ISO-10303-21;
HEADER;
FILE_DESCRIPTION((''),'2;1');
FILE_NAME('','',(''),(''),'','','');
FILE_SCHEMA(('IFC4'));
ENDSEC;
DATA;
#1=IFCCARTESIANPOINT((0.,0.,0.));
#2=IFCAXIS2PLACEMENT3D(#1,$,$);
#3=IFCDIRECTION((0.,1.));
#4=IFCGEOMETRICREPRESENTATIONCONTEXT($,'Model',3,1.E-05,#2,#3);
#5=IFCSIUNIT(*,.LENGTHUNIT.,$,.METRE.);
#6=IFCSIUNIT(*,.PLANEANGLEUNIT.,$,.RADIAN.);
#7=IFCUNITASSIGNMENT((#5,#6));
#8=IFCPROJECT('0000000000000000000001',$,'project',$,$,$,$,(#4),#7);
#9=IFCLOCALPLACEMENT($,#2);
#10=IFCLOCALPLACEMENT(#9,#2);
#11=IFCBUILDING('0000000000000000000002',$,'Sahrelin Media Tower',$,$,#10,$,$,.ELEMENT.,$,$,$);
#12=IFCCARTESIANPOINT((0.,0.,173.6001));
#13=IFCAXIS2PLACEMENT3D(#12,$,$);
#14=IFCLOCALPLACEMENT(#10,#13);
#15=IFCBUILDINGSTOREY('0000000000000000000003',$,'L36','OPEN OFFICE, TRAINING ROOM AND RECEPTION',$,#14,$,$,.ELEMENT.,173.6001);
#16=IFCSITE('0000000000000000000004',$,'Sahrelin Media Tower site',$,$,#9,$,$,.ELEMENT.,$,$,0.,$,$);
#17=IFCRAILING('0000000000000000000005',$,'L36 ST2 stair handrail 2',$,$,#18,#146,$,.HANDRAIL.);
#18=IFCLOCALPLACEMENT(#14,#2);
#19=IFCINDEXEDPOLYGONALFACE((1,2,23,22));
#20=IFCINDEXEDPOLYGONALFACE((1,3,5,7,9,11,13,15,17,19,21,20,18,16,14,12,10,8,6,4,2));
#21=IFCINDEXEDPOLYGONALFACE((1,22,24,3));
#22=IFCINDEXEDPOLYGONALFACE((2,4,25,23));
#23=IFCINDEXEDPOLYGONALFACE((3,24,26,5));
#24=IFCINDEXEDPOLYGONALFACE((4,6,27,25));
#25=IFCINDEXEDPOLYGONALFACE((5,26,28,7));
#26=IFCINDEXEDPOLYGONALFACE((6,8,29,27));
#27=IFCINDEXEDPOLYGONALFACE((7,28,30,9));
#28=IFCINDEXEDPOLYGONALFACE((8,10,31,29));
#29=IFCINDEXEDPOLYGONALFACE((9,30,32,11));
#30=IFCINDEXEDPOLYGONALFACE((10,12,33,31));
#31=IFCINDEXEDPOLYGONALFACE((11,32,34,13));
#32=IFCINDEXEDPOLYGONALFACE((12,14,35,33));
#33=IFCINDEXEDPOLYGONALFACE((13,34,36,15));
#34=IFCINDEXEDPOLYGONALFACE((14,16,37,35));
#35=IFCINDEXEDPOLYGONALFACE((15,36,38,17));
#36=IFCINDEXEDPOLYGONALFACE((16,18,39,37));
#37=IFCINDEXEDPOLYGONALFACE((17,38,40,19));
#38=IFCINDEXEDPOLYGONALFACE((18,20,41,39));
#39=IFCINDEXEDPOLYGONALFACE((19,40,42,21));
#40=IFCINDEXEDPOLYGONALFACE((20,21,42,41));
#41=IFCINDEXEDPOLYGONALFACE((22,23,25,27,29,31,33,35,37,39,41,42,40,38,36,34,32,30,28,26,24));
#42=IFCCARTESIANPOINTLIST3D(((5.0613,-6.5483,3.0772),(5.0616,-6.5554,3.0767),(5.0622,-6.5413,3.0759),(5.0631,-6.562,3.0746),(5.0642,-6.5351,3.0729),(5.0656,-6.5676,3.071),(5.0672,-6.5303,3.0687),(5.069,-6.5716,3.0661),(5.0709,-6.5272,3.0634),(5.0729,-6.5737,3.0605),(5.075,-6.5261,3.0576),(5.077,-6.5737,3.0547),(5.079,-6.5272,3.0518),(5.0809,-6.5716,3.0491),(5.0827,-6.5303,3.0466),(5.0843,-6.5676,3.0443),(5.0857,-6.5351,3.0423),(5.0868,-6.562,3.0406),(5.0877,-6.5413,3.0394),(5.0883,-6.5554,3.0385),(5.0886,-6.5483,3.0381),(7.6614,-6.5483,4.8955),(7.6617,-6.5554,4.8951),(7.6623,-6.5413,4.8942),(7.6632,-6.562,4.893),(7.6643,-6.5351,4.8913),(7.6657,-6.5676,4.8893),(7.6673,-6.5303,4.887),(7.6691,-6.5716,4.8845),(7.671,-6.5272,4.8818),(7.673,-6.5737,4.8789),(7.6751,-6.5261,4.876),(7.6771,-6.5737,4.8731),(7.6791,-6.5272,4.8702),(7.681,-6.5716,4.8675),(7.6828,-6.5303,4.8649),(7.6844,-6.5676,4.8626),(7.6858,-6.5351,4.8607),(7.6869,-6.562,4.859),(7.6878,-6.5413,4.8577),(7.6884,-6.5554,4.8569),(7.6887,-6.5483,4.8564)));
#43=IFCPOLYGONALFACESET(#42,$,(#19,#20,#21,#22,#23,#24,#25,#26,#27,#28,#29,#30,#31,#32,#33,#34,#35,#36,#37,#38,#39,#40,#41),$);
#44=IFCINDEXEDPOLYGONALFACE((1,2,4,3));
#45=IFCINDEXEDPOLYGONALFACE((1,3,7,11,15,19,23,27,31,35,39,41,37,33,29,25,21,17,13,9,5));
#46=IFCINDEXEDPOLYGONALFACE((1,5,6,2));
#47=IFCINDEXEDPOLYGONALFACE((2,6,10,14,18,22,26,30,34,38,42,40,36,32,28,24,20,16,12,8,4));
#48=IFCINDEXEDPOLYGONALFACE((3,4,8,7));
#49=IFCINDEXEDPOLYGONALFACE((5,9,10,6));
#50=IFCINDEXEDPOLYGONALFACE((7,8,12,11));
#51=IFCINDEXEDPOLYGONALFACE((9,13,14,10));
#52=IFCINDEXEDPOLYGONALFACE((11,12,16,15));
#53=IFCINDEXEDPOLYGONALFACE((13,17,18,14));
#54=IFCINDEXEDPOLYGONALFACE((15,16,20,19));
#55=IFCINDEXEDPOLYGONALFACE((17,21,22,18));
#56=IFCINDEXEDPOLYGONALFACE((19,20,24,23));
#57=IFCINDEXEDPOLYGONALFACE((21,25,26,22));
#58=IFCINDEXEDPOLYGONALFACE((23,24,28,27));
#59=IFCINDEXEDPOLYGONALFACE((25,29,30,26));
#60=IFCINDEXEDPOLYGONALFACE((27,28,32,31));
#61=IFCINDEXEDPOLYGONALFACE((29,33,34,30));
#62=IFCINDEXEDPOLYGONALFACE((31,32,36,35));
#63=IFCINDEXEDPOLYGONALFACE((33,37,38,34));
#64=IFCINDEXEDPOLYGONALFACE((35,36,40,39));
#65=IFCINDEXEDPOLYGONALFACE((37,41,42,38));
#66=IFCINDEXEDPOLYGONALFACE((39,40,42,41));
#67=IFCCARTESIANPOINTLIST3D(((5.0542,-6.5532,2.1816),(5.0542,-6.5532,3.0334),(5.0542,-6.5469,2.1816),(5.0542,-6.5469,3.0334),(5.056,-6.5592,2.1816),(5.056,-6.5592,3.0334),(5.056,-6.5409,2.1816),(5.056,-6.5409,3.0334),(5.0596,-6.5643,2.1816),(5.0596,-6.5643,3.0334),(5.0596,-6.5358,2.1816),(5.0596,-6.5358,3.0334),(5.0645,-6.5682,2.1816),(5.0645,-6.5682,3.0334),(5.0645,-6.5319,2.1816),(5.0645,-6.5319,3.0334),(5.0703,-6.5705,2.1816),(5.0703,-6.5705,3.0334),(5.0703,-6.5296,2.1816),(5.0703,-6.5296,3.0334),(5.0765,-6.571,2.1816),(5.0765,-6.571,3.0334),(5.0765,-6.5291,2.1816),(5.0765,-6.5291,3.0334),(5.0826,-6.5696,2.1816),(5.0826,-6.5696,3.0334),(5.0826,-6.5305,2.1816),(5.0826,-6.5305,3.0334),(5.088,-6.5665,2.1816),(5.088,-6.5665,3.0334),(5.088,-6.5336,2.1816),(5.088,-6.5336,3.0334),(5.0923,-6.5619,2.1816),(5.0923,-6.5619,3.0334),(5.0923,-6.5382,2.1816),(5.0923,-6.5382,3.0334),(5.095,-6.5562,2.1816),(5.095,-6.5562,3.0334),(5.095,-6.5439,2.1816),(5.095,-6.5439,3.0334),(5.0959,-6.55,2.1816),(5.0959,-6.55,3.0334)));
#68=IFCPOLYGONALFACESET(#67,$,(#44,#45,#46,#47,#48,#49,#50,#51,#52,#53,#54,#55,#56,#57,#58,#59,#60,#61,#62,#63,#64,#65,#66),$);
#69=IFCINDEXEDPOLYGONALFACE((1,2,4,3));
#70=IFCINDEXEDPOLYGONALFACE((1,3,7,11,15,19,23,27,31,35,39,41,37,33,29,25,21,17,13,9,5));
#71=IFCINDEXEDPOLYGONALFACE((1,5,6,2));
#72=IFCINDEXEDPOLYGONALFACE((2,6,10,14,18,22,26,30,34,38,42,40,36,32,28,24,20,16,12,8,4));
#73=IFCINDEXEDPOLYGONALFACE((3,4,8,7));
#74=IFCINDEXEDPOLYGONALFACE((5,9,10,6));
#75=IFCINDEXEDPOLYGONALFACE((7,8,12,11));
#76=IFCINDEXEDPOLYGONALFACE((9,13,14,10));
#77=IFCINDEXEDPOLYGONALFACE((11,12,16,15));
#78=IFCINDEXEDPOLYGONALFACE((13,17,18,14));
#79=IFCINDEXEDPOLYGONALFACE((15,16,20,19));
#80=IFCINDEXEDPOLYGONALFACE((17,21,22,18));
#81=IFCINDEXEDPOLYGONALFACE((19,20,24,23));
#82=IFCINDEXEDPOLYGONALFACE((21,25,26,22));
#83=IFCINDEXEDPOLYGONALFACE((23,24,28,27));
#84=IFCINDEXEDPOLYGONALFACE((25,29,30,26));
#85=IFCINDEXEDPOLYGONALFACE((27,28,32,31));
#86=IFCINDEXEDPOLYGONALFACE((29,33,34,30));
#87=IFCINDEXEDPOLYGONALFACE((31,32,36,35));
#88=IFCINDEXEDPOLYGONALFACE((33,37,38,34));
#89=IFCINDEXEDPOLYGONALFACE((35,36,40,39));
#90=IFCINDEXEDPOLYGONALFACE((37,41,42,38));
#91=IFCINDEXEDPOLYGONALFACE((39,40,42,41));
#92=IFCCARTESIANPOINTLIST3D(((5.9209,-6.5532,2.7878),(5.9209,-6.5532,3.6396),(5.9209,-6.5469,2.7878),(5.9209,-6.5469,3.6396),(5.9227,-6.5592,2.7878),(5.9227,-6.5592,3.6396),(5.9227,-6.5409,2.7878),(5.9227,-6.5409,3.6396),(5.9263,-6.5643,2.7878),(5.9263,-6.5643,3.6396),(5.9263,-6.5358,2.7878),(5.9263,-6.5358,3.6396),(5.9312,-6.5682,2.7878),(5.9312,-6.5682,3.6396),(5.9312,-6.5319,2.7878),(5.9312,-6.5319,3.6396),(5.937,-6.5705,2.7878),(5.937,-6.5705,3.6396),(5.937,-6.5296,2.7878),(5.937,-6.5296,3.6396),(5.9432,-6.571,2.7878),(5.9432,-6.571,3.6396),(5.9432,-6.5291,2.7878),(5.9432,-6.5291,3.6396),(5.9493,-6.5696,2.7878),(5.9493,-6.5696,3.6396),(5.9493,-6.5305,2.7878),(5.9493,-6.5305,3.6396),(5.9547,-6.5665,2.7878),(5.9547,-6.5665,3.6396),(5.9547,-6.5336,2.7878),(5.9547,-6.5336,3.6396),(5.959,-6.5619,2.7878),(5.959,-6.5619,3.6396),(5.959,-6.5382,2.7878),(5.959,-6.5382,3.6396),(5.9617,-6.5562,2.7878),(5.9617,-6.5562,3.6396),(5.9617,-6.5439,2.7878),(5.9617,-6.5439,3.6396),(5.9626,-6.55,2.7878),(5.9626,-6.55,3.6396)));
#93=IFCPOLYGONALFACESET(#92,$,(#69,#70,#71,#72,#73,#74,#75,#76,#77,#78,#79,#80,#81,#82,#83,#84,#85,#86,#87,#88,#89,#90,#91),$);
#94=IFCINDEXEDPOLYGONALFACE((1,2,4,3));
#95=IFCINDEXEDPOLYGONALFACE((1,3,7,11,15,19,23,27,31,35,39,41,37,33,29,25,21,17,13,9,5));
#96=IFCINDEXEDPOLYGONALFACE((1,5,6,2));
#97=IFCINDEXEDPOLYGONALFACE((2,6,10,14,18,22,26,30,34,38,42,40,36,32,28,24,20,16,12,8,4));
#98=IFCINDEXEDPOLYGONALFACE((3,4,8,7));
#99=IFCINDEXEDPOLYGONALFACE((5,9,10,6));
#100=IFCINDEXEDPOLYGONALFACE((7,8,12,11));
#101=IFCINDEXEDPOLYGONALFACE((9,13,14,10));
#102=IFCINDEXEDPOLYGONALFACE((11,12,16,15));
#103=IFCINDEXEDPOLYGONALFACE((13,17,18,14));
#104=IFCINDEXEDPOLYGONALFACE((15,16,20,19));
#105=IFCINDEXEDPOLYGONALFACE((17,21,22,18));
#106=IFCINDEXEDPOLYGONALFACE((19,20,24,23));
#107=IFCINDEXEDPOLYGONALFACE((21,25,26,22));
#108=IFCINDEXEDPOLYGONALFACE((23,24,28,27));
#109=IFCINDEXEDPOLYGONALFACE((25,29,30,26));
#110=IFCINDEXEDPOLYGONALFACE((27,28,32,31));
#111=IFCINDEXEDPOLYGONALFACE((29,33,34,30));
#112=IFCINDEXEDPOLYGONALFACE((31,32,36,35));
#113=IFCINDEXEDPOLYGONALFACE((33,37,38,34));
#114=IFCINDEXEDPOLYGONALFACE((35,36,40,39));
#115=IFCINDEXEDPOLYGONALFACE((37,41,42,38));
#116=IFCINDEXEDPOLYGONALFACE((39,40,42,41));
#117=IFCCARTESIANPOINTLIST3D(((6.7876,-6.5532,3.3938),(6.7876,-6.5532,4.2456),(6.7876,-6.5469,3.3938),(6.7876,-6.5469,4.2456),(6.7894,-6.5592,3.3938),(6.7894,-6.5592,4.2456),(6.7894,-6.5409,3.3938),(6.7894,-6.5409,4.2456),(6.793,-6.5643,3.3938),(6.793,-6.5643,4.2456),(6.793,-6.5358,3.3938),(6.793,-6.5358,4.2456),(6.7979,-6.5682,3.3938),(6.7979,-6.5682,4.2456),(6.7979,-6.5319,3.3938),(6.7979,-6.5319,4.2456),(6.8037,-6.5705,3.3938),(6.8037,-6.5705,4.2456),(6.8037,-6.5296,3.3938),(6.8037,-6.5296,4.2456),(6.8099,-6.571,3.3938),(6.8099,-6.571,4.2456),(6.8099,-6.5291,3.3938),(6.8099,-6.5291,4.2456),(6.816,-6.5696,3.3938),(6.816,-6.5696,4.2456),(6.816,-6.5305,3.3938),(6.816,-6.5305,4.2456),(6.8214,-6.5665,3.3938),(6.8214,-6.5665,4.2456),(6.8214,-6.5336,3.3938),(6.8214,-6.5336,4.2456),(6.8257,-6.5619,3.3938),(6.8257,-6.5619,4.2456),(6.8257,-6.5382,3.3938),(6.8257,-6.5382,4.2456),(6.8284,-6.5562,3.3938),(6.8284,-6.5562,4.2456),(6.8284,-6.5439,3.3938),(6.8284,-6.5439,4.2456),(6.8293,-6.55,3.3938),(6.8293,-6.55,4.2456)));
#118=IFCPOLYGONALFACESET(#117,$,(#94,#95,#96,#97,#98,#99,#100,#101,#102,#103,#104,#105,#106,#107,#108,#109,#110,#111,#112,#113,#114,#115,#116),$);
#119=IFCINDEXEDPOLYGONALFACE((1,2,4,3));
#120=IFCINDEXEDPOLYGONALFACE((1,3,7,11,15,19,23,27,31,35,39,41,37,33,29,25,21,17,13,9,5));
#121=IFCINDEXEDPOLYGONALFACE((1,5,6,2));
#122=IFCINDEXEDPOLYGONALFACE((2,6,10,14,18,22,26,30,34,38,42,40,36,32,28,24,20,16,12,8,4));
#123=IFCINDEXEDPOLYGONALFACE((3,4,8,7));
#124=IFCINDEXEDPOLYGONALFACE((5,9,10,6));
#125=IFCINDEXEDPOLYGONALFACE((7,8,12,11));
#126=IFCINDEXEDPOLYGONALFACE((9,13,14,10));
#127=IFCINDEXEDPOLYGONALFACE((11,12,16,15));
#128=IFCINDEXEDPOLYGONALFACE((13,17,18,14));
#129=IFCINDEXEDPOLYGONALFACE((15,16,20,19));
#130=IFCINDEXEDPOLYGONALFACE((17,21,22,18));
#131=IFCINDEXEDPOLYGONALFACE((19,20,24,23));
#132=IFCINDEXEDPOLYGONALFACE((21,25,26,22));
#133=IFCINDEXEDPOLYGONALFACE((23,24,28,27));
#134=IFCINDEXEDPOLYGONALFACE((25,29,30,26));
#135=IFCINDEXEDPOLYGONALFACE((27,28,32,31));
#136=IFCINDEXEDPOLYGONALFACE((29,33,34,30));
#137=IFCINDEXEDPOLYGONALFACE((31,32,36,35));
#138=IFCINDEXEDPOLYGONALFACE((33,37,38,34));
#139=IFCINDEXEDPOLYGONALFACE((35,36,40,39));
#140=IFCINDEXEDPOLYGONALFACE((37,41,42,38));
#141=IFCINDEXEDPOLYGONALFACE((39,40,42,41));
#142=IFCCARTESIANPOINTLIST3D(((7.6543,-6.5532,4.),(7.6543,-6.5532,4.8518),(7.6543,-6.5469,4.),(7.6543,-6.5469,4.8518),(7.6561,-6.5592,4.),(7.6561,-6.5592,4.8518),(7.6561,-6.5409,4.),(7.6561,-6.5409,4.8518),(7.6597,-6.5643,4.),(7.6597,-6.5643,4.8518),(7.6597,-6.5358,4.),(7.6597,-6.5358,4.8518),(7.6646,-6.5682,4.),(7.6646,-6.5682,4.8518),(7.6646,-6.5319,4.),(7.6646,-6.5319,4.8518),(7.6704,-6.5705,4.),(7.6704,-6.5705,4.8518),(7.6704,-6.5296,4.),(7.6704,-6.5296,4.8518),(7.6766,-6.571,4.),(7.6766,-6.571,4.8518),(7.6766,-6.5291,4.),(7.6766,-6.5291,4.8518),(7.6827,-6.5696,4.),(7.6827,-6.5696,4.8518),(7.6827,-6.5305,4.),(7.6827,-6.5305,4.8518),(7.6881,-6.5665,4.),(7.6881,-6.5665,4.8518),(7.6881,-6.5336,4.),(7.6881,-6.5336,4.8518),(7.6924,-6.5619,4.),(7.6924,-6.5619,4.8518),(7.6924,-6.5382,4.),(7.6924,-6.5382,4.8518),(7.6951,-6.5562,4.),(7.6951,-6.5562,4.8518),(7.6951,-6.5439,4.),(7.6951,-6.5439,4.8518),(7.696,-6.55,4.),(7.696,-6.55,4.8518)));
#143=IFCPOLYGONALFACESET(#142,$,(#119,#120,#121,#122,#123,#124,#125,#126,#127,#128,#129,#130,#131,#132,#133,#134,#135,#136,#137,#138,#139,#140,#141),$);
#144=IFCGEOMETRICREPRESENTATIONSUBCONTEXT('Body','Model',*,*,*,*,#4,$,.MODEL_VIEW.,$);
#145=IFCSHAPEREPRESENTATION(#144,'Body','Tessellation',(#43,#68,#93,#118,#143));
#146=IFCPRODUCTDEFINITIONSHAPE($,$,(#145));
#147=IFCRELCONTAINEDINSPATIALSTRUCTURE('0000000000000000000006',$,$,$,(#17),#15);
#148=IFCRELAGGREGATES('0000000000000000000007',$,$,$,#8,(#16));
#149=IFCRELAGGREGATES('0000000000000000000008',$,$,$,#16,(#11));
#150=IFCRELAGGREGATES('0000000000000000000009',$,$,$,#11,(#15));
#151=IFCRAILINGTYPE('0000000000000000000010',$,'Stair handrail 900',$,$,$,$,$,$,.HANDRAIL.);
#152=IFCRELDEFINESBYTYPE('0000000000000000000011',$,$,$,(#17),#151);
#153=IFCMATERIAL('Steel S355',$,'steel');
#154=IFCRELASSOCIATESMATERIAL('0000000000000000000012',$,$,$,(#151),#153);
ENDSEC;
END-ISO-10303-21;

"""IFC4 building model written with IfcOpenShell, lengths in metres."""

from ifc_helpers import new_model, si_unit, direction, frame, origin, origin_2d, place, context, subcontext, project, spatial, circle, extrude, material, type_object, element, save


model = new_model("IFC4")

# Units and contexts
model_context = context("Model", 3, precision=1e-05, world=origin(), true_north=direction((0.0, 1.0)))
body_context = subcontext(model_context, "Body", "Model", "MODEL_VIEW")
ifc_project = project(units=[si_unit("LENGTHUNIT", "METRE"), si_unit("PLANEANGLEUNIT", "RADIAN")], contexts=[model_context])

# Site, building, storey
site_placement = place(None, origin())
site = spatial("IfcSite", under=ifc_project, at=site_placement, Name="Sahrelin Media Tower site", CompositionType="ELEMENT", RefElevation=0.0)
building_placement = place(site_placement, origin())
building = spatial("IfcBuilding", under=site, at=building_placement, Name="Sahrelin Media Tower", CompositionType="ELEMENT")
storey_placement = place(building_placement, frame((0.0, 0.0, 173.6001)))
storey = spatial("IfcBuildingStorey", under=building, at=storey_placement, Name="L36", Description="OPEN OFFICE, TRAINING ROOM AND RECEPTION", CompositionType="ELEMENT", Elevation=173.6001)

# Shared definitions
ifc_material_1 = material(Name="Steel S355", Category="steel")

# Railing
railing_type_1 = type_object("IfcRailingType", Name="Stair handrail 900", PredefinedType="HANDRAIL", material=ifc_material_1)
railing_1_placement = place(storey_placement, frame((5.075, -6.55, 2.1816)))
element("IfcRailing", 1, at=railing_1_placement, inside=storey, type_object=railing_type_1, Name="L36 ST2 stair handrail 2", PredefinedType="HANDRAIL", context=body_context, shape_type="SweptSolid", body=[
    extrude(circle(Radius=0.0239, at=origin_2d()), frame((0.0, 0.0, 0.876), z_axis=(0.819485, 0.0, 0.573101), x_axis=(0.0, 1.0, 0.0)), (0.0, 0.0, 1.0), 3.1729),
    extrude(circle(Radius=0.021, at=origin_2d()), origin(), (0.0, 0.0, 1.0), 0.8518),
    extrude(circle(Radius=0.021, at=origin_2d()), frame((0.8667, 0.0, 0.6062)), (0.0, 0.0, 1.0), 0.8518),
    extrude(circle(Radius=0.021, at=origin_2d()), frame((1.7334, 0.0, 1.2122)), (0.0, 0.0, 1.0), 0.8518),
    extrude(circle(Radius=0.021, at=origin_2d()), frame((2.6001, 0.0, 1.8184)), (0.0, 0.0, 1.0), 0.8518),
])

save(model, "model.ifc")
